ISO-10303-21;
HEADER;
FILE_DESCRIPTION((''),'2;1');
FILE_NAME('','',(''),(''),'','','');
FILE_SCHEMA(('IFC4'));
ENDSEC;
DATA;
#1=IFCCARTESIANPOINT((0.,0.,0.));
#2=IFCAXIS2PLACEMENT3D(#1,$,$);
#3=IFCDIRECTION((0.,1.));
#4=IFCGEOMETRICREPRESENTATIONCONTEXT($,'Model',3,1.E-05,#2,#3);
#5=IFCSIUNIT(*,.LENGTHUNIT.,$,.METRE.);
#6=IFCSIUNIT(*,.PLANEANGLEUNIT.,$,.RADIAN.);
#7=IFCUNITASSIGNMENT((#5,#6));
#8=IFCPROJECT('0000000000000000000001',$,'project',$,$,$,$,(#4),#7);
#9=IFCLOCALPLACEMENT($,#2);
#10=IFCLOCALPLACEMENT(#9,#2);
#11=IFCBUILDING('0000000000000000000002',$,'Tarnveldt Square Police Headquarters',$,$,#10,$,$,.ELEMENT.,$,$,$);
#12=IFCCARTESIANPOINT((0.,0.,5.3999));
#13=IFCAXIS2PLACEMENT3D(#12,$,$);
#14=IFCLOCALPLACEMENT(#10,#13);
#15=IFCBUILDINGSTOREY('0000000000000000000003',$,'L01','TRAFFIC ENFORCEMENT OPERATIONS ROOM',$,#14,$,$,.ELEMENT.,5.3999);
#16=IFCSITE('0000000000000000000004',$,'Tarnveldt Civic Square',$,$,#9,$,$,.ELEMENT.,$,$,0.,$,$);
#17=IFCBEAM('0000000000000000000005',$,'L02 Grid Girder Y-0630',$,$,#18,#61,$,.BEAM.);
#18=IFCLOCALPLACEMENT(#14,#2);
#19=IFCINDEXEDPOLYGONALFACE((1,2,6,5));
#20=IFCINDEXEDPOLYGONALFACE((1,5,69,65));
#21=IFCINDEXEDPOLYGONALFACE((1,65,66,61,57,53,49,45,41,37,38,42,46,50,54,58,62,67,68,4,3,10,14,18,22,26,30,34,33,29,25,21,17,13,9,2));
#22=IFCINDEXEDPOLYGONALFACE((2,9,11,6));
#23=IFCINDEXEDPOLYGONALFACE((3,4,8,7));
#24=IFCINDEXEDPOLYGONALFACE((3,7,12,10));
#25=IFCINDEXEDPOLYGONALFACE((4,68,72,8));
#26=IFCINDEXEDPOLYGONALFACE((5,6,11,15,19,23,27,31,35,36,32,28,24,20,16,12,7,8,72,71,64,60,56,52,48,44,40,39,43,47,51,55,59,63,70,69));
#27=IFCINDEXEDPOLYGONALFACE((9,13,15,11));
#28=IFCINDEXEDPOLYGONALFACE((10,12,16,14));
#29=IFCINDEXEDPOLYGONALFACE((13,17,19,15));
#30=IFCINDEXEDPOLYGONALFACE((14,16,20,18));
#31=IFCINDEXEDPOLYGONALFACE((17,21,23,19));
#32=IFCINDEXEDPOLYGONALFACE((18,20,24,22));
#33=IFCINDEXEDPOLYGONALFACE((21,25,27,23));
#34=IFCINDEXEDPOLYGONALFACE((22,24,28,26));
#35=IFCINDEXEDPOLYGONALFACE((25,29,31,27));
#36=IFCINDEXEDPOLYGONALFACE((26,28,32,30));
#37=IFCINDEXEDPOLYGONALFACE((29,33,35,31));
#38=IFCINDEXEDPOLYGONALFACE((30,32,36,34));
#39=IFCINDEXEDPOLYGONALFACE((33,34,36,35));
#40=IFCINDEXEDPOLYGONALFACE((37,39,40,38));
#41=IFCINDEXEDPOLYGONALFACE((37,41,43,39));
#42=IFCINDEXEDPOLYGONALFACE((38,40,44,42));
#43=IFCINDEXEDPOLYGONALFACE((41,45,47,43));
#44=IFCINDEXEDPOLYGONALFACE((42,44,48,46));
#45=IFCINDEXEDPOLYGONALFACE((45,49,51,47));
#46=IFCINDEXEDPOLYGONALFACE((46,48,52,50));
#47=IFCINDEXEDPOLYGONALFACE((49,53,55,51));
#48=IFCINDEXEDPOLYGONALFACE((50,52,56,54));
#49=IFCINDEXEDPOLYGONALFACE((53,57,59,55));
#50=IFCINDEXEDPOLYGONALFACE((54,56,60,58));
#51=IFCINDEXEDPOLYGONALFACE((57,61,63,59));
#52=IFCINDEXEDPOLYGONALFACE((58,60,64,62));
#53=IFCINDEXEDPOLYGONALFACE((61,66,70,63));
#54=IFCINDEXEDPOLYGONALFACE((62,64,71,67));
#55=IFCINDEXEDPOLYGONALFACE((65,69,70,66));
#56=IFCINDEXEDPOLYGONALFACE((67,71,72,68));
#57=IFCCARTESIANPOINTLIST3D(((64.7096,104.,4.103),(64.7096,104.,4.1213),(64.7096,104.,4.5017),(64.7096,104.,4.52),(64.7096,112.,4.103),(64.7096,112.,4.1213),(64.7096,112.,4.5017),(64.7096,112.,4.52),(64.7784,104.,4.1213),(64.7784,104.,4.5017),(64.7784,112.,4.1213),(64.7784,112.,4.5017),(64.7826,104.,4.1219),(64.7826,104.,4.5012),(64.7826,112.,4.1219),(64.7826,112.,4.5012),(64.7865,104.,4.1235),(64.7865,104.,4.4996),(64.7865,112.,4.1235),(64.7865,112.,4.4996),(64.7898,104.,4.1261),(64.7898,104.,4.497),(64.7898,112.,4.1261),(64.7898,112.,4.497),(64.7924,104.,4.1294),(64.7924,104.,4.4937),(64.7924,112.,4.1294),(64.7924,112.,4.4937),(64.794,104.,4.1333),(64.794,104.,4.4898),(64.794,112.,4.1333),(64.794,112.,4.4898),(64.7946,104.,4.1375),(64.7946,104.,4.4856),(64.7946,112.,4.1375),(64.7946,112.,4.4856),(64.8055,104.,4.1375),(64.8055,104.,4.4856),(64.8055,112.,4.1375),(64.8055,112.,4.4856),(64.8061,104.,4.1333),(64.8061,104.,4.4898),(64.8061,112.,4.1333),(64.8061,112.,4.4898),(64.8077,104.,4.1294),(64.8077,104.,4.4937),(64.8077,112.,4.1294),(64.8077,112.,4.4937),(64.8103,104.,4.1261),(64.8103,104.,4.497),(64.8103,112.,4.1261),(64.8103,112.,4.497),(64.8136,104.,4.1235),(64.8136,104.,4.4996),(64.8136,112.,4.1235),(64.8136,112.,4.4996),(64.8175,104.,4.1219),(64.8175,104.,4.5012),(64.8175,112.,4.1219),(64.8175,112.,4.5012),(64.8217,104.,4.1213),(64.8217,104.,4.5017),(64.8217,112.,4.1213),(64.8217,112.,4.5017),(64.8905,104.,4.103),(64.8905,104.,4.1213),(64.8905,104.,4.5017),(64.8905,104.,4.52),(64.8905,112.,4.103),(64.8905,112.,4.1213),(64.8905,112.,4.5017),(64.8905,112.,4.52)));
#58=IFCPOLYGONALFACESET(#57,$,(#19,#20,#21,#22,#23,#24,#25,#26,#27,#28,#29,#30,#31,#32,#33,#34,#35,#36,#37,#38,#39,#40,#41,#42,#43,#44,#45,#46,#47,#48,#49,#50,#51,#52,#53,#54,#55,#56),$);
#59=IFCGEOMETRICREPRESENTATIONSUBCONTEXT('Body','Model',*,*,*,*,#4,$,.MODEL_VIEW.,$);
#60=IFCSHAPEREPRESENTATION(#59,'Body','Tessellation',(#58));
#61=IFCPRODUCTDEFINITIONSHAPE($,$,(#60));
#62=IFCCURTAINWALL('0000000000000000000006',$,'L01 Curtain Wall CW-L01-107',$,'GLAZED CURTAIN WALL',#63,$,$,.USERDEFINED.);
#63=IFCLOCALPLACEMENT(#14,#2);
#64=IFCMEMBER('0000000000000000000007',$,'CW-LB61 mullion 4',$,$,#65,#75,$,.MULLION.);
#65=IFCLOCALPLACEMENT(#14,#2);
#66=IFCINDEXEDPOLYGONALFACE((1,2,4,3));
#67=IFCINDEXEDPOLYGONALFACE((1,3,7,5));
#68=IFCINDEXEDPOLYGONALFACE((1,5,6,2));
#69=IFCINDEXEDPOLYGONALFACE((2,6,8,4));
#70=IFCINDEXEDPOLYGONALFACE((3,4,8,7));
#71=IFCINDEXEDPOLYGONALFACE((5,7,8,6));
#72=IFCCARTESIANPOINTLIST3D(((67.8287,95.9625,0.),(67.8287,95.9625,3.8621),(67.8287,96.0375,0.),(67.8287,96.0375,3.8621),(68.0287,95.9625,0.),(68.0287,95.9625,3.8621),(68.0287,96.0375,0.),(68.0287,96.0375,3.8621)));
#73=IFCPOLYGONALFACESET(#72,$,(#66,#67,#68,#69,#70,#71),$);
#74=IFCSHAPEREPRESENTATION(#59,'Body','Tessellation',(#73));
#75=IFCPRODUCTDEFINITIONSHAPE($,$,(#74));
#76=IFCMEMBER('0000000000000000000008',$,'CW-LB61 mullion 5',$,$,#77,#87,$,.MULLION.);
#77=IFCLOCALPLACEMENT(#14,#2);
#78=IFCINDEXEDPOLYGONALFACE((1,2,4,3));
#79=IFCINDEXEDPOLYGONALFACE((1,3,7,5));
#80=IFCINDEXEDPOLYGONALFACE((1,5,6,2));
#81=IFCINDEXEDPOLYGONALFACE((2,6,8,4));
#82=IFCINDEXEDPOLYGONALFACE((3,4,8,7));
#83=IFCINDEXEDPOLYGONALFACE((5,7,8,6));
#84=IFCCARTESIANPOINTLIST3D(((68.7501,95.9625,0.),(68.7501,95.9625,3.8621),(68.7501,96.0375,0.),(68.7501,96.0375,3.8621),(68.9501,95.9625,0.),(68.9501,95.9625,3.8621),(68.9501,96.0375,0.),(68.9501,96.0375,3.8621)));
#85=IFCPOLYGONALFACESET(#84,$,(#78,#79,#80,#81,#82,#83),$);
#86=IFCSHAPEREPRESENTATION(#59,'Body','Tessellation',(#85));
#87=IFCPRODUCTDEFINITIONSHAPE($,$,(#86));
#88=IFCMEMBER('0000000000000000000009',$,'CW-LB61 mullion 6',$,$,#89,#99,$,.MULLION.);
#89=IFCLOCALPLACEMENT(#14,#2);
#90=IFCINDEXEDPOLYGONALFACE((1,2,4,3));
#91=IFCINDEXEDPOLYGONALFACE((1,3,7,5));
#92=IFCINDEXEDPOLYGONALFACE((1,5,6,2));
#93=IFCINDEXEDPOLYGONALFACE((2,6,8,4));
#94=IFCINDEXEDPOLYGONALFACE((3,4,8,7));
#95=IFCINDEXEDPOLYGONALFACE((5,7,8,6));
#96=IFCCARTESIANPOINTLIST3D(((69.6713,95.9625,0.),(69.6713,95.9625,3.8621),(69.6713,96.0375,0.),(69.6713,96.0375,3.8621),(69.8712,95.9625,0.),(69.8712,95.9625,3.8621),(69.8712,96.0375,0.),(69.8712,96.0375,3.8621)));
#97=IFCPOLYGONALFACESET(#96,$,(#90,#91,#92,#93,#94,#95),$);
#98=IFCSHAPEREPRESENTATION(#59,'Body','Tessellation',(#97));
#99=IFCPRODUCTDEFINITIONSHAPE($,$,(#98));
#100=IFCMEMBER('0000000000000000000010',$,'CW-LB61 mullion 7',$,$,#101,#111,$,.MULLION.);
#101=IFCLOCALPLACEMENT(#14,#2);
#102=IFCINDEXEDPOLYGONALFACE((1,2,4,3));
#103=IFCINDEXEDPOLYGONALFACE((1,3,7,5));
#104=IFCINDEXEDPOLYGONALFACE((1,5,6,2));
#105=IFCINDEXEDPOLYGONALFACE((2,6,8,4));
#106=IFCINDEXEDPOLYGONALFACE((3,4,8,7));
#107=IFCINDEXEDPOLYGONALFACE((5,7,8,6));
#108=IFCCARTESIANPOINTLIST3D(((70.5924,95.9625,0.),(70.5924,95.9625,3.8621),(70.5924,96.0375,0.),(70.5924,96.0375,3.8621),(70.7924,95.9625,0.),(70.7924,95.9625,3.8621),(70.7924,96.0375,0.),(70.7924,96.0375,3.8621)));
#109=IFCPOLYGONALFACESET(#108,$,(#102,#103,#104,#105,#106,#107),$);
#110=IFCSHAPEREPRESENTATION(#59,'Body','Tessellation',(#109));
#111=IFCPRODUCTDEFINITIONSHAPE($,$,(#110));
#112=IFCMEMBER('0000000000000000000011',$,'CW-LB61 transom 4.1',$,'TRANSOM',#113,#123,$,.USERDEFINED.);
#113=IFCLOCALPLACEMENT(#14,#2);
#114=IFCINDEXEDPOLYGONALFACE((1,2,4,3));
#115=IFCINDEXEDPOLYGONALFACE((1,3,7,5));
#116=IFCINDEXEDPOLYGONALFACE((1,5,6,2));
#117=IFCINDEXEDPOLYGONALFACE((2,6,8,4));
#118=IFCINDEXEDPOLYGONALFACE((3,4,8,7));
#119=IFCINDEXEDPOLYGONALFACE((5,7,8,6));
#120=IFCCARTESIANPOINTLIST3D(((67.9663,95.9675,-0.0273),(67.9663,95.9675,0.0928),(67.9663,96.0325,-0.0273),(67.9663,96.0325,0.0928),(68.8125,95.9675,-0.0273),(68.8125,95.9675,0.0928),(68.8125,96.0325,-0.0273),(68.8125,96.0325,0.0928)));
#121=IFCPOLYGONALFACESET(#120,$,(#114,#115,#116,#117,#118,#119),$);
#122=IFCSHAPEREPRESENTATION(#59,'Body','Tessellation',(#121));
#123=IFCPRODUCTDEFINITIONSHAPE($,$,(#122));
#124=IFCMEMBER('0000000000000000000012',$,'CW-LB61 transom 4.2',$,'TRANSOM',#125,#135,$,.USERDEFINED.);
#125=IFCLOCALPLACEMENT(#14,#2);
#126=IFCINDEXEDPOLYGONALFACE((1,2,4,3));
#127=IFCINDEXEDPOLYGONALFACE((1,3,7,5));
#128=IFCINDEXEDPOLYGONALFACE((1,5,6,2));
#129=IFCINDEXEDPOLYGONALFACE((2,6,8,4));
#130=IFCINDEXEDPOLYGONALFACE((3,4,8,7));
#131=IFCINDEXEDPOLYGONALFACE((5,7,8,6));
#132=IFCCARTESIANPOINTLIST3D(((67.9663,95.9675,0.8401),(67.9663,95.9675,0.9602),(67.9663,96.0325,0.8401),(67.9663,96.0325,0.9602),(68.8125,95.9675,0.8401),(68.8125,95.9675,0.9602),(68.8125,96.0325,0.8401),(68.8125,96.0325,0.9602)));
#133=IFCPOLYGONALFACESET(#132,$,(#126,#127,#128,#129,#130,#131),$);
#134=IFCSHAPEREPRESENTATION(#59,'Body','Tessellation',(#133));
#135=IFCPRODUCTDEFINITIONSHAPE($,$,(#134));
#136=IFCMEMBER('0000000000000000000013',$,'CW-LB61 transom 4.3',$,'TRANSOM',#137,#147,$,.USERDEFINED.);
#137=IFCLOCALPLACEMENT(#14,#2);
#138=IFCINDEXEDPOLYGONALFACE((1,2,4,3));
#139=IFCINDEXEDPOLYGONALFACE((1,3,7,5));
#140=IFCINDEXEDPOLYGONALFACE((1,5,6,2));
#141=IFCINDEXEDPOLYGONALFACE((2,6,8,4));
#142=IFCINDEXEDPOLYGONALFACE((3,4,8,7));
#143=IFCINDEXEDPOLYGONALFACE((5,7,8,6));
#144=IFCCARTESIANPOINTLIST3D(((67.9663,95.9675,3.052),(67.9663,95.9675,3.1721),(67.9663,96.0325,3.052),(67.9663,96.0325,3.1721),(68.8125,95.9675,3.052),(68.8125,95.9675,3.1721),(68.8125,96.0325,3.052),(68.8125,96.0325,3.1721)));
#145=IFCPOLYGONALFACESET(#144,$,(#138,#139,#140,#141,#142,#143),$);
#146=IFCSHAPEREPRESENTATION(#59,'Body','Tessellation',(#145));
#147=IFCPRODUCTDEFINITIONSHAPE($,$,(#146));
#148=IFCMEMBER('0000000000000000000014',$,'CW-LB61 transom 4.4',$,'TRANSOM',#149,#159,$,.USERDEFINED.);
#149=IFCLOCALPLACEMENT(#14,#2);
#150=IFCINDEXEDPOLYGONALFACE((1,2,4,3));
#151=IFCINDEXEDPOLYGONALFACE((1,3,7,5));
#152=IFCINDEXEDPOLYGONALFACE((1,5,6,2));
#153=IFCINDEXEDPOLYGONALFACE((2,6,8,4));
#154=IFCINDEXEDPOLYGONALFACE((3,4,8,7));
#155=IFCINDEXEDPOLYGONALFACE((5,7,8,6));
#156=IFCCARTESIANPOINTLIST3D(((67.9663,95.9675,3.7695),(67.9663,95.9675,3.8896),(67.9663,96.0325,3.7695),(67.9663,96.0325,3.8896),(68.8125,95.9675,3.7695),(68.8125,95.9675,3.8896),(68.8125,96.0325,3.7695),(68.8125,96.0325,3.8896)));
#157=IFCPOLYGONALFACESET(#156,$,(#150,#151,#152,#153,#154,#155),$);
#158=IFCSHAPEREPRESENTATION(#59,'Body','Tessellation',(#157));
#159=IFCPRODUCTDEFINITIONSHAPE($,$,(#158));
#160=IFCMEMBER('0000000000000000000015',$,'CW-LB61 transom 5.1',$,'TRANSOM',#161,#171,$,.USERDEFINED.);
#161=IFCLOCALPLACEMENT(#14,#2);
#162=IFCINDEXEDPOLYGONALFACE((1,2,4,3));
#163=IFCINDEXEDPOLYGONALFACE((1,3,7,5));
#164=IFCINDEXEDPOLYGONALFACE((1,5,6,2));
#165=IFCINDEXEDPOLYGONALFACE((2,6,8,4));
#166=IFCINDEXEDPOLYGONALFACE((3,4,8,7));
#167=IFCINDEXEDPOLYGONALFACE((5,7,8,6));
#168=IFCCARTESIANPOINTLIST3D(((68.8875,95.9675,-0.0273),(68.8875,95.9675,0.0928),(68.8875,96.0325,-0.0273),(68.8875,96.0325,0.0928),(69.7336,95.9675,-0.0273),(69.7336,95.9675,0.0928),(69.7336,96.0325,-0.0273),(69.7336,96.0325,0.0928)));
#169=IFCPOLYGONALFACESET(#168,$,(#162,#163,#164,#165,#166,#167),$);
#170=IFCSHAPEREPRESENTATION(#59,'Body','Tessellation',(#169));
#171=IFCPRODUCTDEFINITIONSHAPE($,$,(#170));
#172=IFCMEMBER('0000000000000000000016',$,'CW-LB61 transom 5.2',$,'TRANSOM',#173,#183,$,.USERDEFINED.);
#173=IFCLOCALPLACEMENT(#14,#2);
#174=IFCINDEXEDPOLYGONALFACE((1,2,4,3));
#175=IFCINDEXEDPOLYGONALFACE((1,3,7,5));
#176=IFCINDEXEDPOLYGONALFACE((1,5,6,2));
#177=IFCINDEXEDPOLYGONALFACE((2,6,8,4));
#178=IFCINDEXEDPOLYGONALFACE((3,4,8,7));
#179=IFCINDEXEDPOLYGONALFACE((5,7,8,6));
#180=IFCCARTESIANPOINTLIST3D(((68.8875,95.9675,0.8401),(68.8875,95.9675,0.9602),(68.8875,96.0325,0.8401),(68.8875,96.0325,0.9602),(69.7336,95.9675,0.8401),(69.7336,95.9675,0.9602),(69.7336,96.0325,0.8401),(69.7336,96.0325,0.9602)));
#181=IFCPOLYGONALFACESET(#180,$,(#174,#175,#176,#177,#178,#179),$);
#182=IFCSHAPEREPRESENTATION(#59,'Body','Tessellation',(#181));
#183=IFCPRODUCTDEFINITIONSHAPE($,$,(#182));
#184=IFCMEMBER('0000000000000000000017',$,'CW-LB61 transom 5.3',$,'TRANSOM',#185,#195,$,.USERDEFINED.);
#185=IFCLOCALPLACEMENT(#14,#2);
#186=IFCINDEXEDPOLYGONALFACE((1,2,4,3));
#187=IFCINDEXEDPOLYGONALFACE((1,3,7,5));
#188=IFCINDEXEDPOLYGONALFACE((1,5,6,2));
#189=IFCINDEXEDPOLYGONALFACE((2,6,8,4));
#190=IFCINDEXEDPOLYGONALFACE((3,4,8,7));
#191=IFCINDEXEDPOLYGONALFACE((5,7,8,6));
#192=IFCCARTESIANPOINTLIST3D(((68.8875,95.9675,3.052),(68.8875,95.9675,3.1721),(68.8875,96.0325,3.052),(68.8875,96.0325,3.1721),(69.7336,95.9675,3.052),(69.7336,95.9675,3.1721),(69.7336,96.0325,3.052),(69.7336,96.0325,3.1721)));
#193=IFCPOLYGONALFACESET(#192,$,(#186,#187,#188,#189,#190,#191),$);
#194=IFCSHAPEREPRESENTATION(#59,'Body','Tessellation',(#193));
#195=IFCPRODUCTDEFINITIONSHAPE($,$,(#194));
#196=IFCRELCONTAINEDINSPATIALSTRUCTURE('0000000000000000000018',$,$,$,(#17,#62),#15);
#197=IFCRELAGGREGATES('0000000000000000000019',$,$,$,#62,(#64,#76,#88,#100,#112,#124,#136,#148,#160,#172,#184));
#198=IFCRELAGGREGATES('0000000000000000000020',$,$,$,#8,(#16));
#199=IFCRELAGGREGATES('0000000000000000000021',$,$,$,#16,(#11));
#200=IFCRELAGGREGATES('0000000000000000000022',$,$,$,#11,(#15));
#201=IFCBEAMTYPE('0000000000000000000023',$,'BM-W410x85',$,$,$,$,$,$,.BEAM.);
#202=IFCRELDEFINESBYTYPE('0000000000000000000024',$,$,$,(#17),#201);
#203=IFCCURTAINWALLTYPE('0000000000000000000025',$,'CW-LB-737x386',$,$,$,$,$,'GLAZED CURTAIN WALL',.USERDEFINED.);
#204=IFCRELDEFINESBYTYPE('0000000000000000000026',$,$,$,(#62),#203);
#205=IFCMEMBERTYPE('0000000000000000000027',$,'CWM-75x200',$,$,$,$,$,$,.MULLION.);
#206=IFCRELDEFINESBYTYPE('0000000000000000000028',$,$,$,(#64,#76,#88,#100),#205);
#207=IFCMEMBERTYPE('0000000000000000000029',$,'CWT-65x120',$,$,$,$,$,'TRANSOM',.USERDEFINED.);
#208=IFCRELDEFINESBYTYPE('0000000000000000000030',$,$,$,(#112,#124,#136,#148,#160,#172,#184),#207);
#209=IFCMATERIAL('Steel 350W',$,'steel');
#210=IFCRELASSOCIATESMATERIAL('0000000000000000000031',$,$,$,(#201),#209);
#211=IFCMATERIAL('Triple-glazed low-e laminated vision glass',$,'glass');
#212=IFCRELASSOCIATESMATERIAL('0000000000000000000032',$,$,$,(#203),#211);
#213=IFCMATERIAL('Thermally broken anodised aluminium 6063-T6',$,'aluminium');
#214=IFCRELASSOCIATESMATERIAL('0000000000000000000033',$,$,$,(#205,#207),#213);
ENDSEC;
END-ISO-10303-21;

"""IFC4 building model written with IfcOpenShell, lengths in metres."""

from ifc_helpers import new_model, si_unit, direction, frame, origin, origin_2d, place, context, subcontext, project, spatial, rectangle, i_section, extrude, material, material_profile, profile_set, type_object, element, aggregate, save


model = new_model("IFC4")

# Units and contexts
model_context = context("Model", 3, precision=1e-05, world=origin(), true_north=direction((0.0, 1.0)))
body_context = subcontext(model_context, "Body", "Model", "MODEL_VIEW")
ifc_project = project(units=[si_unit("LENGTHUNIT", "METRE"), si_unit("PLANEANGLEUNIT", "RADIAN")], contexts=[model_context])

# Site, building, storey
site_placement = place(None, origin())
site = spatial("IfcSite", under=ifc_project, at=site_placement, Name="Tarnveldt Civic Square", CompositionType="ELEMENT", RefElevation=0.0)
building_placement = place(site_placement, origin())
building = spatial("IfcBuilding", under=site, at=building_placement, Name="Tarnveldt Square Police Headquarters", CompositionType="ELEMENT")
storey_placement = place(building_placement, frame((0.0, 0.0, 5.3999)))
storey = spatial("IfcBuildingStorey", under=building, at=storey_placement, Name="L01", Description="TRAFFIC ENFORCEMENT OPERATIONS ROOM", CompositionType="ELEMENT", Elevation=5.3999)

# Beam
ifc_material_1 = material(Name="Steel 350W", Category="steel")
ifc_material_profile_1 = material_profile(ifc_material_1, i_section(OverallWidth=0.1809, OverallDepth=0.417, WebThickness=0.011, FlangeThickness=0.0183, FilletRadius=0.0161, at=origin_2d()), Name="W410x85")
ifc_profile_set_1 = profile_set([ifc_material_profile_1], Name="Steel 350W")
beam_type_1 = type_object("IfcBeamType", Name="BM-W410x85", PredefinedType="BEAM", material=ifc_profile_set_1)
beam_1_placement = place(storey_placement, frame((64.8, 104.0, 4.3115), z_axis=(0.0, 1.0, 0.0), x_axis=(-1.0, 0.0, 0.0)))
element("IfcBeam", 1, at=beam_1_placement, inside=storey, type_object=beam_type_1, Name="L02 Grid Girder Y-0630", PredefinedType="BEAM", context=body_context, shape_type="SweptSolid", body=[
    extrude(i_section(OverallWidth=0.1809, OverallDepth=0.417, WebThickness=0.011, FlangeThickness=0.0183, FilletRadius=0.0161, at=origin_2d()), origin(), (0.0, 0.0, 1.0), 8.0),
])

# Curtain wall, members
ifc_material_2 = material(Name="Triple-glazed low-e laminated vision glass", Category="glass")
curtain_wall_type = type_object("IfcCurtainWallType", Name="CW-LB-737x386", ElementType="GLAZED CURTAIN WALL", PredefinedType="USERDEFINED", material=ifc_material_2)
curtain_wall_placement = place(storey_placement, origin())
curtain_wall = element("IfcCurtainWall", 2, at=curtain_wall_placement, inside=storey, type_object=curtain_wall_type, Name="L01 Curtain Wall CW-L01-107", ObjectType="GLAZED CURTAIN WALL", PredefinedType="USERDEFINED")
ifc_material_3 = material(Name="Thermally broken anodised aluminium 6063-T6", Category="aluminium")
ifc_material_profile_2 = material_profile(ifc_material_3, rectangle(XDim=0.075, YDim=0.2, at=origin_2d()), Name="CW-M75x200")
ifc_profile_set_2 = profile_set([ifc_material_profile_2], Name="Thermally broken anodised aluminium 6063-T6")
member_type_1 = type_object("IfcMemberType", Name="CWM-75x200", PredefinedType="MULLION", material=ifc_profile_set_2)
member_1_placement = place(storey_placement, frame((67.9287, 96.0, 0.0), z_axis=(0.0, 0.0, 1.0), x_axis=(0.0, 1.0, 0.0)))
member_1 = element("IfcMember", 3, at=member_1_placement, type_object=member_type_1, Name="CW-LB61 mullion 4", PredefinedType="MULLION", context=body_context, shape_type="SweptSolid", body=[
    extrude(rectangle(XDim=0.075, YDim=0.2, at=origin_2d()), origin(), (0.0, 0.0, 1.0), 3.8621),
])
member_2_placement = place(storey_placement, frame((68.8501, 96.0, 0.0), z_axis=(0.0, 0.0, 1.0), x_axis=(0.0, 1.0, 0.0)))
member_2 = element("IfcMember", 4, at=member_2_placement, type_object=member_type_1, Name="CW-LB61 mullion 5", PredefinedType="MULLION", context=body_context, shape_type="SweptSolid", body=[
    extrude(rectangle(XDim=0.075, YDim=0.2, at=origin_2d()), origin(), (0.0, 0.0, 1.0), 3.8621),
])
member_3_placement = place(storey_placement, frame((69.7712, 96.0, 0.0), z_axis=(0.0, 0.0, 1.0), x_axis=(0.0, 1.0, 0.0)))
member_3 = element("IfcMember", 5, at=member_3_placement, type_object=member_type_1, Name="CW-LB61 mullion 6", PredefinedType="MULLION", context=body_context, shape_type="SweptSolid", body=[
    extrude(rectangle(XDim=0.075, YDim=0.2, at=origin_2d()), origin(), (0.0, 0.0, 1.0), 3.8621),
])
member_4_placement = place(storey_placement, frame((70.6924, 96.0, 0.0), z_axis=(0.0, 0.0, 1.0), x_axis=(0.0, 1.0, 0.0)))
member_4 = element("IfcMember", 6, at=member_4_placement, type_object=member_type_1, Name="CW-LB61 mullion 7", PredefinedType="MULLION", context=body_context, shape_type="SweptSolid", body=[
    extrude(rectangle(XDim=0.075, YDim=0.2, at=origin_2d()), origin(), (0.0, 0.0, 1.0), 3.8621),
])
ifc_material_profile_3 = material_profile(ifc_material_3, rectangle(XDim=0.0649, YDim=0.1201, at=origin_2d()), Name="CW-T65x120")
ifc_profile_set_3 = profile_set([ifc_material_profile_3], Name="Thermally broken anodised aluminium 6063-T6")
member_type_2 = type_object("IfcMemberType", Name="CWT-65x120", ElementType="TRANSOM", PredefinedType="USERDEFINED", material=ifc_profile_set_3)
member_5_placement = place(storey_placement, frame((67.9663, 96.0, 0.0327), z_axis=(1.0, 0.0, 0.0), x_axis=(0.0, 1.0, 0.0)))
member_5 = element("IfcMember", 7, at=member_5_placement, type_object=member_type_2, Name="CW-LB61 transom 4.1", ObjectType="TRANSOM", PredefinedType="USERDEFINED", context=body_context, shape_type="SweptSolid", body=[
    extrude(rectangle(XDim=0.0649, YDim=0.1201, at=origin_2d()), origin(), (0.0, 0.0, 1.0), 0.8462),
])
member_6_placement = place(storey_placement, frame((67.9663, 96.0, 0.9001), z_axis=(1.0, 0.0, 0.0), x_axis=(0.0, 1.0, 0.0)))
member_6 = element("IfcMember", 8, at=member_6_placement, type_object=member_type_2, Name="CW-LB61 transom 4.2", ObjectType="TRANSOM", PredefinedType="USERDEFINED", context=body_context, shape_type="SweptSolid", body=[
    extrude(rectangle(XDim=0.0649, YDim=0.1201, at=origin_2d()), origin(), (0.0, 0.0, 1.0), 0.8462),
])
member_7_placement = place(storey_placement, frame((67.9663, 96.0, 3.1121), z_axis=(1.0, 0.0, 0.0), x_axis=(0.0, 1.0, 0.0)))
member_7 = element("IfcMember", 9, at=member_7_placement, type_object=member_type_2, Name="CW-LB61 transom 4.3", ObjectType="TRANSOM", PredefinedType="USERDEFINED", context=body_context, shape_type="SweptSolid", body=[
    extrude(rectangle(XDim=0.0649, YDim=0.1201, at=origin_2d()), origin(), (0.0, 0.0, 1.0), 0.8462),
])
member_8_placement = place(storey_placement, frame((67.9663, 96.0, 3.8296), z_axis=(1.0, 0.0, 0.0), x_axis=(0.0, 1.0, 0.0)))
member_8 = element("IfcMember", 10, at=member_8_placement, type_object=member_type_2, Name="CW-LB61 transom 4.4", ObjectType="TRANSOM", PredefinedType="USERDEFINED", context=body_context, shape_type="SweptSolid", body=[
    extrude(rectangle(XDim=0.0649, YDim=0.1201, at=origin_2d()), origin(), (0.0, 0.0, 1.0), 0.8462),
])
member_9_placement = place(storey_placement, frame((68.8875, 96.0, 0.0327), z_axis=(1.0, 0.0, 0.0), x_axis=(0.0, 1.0, 0.0)))
member_9 = element("IfcMember", 11, at=member_9_placement, type_object=member_type_2, Name="CW-LB61 transom 5.1", ObjectType="TRANSOM", PredefinedType="USERDEFINED", context=body_context, shape_type="SweptSolid", body=[
    extrude(rectangle(XDim=0.0649, YDim=0.1201, at=origin_2d()), origin(), (0.0, 0.0, 1.0), 0.8462),
])
member_10_placement = place(storey_placement, frame((68.8875, 96.0, 0.9001), z_axis=(1.0, 0.0, 0.0), x_axis=(0.0, 1.0, 0.0)))
member_10 = element("IfcMember", 12, at=member_10_placement, type_object=member_type_2, Name="CW-LB61 transom 5.2", ObjectType="TRANSOM", PredefinedType="USERDEFINED", context=body_context, shape_type="SweptSolid", body=[
    extrude(rectangle(XDim=0.0649, YDim=0.1201, at=origin_2d()), origin(), (0.0, 0.0, 1.0), 0.8462),
])
member_11_placement = place(storey_placement, frame((68.8875, 96.0, 3.1121), z_axis=(1.0, 0.0, 0.0), x_axis=(0.0, 1.0, 0.0)))
member_11 = element("IfcMember", 13, at=member_11_placement, type_object=member_type_2, Name="CW-LB61 transom 5.3", ObjectType="TRANSOM", PredefinedType="USERDEFINED", context=body_context, shape_type="SweptSolid", body=[
    extrude(rectangle(XDim=0.0649, YDim=0.1201, at=origin_2d()), origin(), (0.0, 0.0, 1.0), 0.8462),
])
aggregate(curtain_wall, [member_1, member_2, member_3, member_4, member_5, member_6, member_7, member_8, member_9, member_10, member_11])

save(model, "model.ifc")
